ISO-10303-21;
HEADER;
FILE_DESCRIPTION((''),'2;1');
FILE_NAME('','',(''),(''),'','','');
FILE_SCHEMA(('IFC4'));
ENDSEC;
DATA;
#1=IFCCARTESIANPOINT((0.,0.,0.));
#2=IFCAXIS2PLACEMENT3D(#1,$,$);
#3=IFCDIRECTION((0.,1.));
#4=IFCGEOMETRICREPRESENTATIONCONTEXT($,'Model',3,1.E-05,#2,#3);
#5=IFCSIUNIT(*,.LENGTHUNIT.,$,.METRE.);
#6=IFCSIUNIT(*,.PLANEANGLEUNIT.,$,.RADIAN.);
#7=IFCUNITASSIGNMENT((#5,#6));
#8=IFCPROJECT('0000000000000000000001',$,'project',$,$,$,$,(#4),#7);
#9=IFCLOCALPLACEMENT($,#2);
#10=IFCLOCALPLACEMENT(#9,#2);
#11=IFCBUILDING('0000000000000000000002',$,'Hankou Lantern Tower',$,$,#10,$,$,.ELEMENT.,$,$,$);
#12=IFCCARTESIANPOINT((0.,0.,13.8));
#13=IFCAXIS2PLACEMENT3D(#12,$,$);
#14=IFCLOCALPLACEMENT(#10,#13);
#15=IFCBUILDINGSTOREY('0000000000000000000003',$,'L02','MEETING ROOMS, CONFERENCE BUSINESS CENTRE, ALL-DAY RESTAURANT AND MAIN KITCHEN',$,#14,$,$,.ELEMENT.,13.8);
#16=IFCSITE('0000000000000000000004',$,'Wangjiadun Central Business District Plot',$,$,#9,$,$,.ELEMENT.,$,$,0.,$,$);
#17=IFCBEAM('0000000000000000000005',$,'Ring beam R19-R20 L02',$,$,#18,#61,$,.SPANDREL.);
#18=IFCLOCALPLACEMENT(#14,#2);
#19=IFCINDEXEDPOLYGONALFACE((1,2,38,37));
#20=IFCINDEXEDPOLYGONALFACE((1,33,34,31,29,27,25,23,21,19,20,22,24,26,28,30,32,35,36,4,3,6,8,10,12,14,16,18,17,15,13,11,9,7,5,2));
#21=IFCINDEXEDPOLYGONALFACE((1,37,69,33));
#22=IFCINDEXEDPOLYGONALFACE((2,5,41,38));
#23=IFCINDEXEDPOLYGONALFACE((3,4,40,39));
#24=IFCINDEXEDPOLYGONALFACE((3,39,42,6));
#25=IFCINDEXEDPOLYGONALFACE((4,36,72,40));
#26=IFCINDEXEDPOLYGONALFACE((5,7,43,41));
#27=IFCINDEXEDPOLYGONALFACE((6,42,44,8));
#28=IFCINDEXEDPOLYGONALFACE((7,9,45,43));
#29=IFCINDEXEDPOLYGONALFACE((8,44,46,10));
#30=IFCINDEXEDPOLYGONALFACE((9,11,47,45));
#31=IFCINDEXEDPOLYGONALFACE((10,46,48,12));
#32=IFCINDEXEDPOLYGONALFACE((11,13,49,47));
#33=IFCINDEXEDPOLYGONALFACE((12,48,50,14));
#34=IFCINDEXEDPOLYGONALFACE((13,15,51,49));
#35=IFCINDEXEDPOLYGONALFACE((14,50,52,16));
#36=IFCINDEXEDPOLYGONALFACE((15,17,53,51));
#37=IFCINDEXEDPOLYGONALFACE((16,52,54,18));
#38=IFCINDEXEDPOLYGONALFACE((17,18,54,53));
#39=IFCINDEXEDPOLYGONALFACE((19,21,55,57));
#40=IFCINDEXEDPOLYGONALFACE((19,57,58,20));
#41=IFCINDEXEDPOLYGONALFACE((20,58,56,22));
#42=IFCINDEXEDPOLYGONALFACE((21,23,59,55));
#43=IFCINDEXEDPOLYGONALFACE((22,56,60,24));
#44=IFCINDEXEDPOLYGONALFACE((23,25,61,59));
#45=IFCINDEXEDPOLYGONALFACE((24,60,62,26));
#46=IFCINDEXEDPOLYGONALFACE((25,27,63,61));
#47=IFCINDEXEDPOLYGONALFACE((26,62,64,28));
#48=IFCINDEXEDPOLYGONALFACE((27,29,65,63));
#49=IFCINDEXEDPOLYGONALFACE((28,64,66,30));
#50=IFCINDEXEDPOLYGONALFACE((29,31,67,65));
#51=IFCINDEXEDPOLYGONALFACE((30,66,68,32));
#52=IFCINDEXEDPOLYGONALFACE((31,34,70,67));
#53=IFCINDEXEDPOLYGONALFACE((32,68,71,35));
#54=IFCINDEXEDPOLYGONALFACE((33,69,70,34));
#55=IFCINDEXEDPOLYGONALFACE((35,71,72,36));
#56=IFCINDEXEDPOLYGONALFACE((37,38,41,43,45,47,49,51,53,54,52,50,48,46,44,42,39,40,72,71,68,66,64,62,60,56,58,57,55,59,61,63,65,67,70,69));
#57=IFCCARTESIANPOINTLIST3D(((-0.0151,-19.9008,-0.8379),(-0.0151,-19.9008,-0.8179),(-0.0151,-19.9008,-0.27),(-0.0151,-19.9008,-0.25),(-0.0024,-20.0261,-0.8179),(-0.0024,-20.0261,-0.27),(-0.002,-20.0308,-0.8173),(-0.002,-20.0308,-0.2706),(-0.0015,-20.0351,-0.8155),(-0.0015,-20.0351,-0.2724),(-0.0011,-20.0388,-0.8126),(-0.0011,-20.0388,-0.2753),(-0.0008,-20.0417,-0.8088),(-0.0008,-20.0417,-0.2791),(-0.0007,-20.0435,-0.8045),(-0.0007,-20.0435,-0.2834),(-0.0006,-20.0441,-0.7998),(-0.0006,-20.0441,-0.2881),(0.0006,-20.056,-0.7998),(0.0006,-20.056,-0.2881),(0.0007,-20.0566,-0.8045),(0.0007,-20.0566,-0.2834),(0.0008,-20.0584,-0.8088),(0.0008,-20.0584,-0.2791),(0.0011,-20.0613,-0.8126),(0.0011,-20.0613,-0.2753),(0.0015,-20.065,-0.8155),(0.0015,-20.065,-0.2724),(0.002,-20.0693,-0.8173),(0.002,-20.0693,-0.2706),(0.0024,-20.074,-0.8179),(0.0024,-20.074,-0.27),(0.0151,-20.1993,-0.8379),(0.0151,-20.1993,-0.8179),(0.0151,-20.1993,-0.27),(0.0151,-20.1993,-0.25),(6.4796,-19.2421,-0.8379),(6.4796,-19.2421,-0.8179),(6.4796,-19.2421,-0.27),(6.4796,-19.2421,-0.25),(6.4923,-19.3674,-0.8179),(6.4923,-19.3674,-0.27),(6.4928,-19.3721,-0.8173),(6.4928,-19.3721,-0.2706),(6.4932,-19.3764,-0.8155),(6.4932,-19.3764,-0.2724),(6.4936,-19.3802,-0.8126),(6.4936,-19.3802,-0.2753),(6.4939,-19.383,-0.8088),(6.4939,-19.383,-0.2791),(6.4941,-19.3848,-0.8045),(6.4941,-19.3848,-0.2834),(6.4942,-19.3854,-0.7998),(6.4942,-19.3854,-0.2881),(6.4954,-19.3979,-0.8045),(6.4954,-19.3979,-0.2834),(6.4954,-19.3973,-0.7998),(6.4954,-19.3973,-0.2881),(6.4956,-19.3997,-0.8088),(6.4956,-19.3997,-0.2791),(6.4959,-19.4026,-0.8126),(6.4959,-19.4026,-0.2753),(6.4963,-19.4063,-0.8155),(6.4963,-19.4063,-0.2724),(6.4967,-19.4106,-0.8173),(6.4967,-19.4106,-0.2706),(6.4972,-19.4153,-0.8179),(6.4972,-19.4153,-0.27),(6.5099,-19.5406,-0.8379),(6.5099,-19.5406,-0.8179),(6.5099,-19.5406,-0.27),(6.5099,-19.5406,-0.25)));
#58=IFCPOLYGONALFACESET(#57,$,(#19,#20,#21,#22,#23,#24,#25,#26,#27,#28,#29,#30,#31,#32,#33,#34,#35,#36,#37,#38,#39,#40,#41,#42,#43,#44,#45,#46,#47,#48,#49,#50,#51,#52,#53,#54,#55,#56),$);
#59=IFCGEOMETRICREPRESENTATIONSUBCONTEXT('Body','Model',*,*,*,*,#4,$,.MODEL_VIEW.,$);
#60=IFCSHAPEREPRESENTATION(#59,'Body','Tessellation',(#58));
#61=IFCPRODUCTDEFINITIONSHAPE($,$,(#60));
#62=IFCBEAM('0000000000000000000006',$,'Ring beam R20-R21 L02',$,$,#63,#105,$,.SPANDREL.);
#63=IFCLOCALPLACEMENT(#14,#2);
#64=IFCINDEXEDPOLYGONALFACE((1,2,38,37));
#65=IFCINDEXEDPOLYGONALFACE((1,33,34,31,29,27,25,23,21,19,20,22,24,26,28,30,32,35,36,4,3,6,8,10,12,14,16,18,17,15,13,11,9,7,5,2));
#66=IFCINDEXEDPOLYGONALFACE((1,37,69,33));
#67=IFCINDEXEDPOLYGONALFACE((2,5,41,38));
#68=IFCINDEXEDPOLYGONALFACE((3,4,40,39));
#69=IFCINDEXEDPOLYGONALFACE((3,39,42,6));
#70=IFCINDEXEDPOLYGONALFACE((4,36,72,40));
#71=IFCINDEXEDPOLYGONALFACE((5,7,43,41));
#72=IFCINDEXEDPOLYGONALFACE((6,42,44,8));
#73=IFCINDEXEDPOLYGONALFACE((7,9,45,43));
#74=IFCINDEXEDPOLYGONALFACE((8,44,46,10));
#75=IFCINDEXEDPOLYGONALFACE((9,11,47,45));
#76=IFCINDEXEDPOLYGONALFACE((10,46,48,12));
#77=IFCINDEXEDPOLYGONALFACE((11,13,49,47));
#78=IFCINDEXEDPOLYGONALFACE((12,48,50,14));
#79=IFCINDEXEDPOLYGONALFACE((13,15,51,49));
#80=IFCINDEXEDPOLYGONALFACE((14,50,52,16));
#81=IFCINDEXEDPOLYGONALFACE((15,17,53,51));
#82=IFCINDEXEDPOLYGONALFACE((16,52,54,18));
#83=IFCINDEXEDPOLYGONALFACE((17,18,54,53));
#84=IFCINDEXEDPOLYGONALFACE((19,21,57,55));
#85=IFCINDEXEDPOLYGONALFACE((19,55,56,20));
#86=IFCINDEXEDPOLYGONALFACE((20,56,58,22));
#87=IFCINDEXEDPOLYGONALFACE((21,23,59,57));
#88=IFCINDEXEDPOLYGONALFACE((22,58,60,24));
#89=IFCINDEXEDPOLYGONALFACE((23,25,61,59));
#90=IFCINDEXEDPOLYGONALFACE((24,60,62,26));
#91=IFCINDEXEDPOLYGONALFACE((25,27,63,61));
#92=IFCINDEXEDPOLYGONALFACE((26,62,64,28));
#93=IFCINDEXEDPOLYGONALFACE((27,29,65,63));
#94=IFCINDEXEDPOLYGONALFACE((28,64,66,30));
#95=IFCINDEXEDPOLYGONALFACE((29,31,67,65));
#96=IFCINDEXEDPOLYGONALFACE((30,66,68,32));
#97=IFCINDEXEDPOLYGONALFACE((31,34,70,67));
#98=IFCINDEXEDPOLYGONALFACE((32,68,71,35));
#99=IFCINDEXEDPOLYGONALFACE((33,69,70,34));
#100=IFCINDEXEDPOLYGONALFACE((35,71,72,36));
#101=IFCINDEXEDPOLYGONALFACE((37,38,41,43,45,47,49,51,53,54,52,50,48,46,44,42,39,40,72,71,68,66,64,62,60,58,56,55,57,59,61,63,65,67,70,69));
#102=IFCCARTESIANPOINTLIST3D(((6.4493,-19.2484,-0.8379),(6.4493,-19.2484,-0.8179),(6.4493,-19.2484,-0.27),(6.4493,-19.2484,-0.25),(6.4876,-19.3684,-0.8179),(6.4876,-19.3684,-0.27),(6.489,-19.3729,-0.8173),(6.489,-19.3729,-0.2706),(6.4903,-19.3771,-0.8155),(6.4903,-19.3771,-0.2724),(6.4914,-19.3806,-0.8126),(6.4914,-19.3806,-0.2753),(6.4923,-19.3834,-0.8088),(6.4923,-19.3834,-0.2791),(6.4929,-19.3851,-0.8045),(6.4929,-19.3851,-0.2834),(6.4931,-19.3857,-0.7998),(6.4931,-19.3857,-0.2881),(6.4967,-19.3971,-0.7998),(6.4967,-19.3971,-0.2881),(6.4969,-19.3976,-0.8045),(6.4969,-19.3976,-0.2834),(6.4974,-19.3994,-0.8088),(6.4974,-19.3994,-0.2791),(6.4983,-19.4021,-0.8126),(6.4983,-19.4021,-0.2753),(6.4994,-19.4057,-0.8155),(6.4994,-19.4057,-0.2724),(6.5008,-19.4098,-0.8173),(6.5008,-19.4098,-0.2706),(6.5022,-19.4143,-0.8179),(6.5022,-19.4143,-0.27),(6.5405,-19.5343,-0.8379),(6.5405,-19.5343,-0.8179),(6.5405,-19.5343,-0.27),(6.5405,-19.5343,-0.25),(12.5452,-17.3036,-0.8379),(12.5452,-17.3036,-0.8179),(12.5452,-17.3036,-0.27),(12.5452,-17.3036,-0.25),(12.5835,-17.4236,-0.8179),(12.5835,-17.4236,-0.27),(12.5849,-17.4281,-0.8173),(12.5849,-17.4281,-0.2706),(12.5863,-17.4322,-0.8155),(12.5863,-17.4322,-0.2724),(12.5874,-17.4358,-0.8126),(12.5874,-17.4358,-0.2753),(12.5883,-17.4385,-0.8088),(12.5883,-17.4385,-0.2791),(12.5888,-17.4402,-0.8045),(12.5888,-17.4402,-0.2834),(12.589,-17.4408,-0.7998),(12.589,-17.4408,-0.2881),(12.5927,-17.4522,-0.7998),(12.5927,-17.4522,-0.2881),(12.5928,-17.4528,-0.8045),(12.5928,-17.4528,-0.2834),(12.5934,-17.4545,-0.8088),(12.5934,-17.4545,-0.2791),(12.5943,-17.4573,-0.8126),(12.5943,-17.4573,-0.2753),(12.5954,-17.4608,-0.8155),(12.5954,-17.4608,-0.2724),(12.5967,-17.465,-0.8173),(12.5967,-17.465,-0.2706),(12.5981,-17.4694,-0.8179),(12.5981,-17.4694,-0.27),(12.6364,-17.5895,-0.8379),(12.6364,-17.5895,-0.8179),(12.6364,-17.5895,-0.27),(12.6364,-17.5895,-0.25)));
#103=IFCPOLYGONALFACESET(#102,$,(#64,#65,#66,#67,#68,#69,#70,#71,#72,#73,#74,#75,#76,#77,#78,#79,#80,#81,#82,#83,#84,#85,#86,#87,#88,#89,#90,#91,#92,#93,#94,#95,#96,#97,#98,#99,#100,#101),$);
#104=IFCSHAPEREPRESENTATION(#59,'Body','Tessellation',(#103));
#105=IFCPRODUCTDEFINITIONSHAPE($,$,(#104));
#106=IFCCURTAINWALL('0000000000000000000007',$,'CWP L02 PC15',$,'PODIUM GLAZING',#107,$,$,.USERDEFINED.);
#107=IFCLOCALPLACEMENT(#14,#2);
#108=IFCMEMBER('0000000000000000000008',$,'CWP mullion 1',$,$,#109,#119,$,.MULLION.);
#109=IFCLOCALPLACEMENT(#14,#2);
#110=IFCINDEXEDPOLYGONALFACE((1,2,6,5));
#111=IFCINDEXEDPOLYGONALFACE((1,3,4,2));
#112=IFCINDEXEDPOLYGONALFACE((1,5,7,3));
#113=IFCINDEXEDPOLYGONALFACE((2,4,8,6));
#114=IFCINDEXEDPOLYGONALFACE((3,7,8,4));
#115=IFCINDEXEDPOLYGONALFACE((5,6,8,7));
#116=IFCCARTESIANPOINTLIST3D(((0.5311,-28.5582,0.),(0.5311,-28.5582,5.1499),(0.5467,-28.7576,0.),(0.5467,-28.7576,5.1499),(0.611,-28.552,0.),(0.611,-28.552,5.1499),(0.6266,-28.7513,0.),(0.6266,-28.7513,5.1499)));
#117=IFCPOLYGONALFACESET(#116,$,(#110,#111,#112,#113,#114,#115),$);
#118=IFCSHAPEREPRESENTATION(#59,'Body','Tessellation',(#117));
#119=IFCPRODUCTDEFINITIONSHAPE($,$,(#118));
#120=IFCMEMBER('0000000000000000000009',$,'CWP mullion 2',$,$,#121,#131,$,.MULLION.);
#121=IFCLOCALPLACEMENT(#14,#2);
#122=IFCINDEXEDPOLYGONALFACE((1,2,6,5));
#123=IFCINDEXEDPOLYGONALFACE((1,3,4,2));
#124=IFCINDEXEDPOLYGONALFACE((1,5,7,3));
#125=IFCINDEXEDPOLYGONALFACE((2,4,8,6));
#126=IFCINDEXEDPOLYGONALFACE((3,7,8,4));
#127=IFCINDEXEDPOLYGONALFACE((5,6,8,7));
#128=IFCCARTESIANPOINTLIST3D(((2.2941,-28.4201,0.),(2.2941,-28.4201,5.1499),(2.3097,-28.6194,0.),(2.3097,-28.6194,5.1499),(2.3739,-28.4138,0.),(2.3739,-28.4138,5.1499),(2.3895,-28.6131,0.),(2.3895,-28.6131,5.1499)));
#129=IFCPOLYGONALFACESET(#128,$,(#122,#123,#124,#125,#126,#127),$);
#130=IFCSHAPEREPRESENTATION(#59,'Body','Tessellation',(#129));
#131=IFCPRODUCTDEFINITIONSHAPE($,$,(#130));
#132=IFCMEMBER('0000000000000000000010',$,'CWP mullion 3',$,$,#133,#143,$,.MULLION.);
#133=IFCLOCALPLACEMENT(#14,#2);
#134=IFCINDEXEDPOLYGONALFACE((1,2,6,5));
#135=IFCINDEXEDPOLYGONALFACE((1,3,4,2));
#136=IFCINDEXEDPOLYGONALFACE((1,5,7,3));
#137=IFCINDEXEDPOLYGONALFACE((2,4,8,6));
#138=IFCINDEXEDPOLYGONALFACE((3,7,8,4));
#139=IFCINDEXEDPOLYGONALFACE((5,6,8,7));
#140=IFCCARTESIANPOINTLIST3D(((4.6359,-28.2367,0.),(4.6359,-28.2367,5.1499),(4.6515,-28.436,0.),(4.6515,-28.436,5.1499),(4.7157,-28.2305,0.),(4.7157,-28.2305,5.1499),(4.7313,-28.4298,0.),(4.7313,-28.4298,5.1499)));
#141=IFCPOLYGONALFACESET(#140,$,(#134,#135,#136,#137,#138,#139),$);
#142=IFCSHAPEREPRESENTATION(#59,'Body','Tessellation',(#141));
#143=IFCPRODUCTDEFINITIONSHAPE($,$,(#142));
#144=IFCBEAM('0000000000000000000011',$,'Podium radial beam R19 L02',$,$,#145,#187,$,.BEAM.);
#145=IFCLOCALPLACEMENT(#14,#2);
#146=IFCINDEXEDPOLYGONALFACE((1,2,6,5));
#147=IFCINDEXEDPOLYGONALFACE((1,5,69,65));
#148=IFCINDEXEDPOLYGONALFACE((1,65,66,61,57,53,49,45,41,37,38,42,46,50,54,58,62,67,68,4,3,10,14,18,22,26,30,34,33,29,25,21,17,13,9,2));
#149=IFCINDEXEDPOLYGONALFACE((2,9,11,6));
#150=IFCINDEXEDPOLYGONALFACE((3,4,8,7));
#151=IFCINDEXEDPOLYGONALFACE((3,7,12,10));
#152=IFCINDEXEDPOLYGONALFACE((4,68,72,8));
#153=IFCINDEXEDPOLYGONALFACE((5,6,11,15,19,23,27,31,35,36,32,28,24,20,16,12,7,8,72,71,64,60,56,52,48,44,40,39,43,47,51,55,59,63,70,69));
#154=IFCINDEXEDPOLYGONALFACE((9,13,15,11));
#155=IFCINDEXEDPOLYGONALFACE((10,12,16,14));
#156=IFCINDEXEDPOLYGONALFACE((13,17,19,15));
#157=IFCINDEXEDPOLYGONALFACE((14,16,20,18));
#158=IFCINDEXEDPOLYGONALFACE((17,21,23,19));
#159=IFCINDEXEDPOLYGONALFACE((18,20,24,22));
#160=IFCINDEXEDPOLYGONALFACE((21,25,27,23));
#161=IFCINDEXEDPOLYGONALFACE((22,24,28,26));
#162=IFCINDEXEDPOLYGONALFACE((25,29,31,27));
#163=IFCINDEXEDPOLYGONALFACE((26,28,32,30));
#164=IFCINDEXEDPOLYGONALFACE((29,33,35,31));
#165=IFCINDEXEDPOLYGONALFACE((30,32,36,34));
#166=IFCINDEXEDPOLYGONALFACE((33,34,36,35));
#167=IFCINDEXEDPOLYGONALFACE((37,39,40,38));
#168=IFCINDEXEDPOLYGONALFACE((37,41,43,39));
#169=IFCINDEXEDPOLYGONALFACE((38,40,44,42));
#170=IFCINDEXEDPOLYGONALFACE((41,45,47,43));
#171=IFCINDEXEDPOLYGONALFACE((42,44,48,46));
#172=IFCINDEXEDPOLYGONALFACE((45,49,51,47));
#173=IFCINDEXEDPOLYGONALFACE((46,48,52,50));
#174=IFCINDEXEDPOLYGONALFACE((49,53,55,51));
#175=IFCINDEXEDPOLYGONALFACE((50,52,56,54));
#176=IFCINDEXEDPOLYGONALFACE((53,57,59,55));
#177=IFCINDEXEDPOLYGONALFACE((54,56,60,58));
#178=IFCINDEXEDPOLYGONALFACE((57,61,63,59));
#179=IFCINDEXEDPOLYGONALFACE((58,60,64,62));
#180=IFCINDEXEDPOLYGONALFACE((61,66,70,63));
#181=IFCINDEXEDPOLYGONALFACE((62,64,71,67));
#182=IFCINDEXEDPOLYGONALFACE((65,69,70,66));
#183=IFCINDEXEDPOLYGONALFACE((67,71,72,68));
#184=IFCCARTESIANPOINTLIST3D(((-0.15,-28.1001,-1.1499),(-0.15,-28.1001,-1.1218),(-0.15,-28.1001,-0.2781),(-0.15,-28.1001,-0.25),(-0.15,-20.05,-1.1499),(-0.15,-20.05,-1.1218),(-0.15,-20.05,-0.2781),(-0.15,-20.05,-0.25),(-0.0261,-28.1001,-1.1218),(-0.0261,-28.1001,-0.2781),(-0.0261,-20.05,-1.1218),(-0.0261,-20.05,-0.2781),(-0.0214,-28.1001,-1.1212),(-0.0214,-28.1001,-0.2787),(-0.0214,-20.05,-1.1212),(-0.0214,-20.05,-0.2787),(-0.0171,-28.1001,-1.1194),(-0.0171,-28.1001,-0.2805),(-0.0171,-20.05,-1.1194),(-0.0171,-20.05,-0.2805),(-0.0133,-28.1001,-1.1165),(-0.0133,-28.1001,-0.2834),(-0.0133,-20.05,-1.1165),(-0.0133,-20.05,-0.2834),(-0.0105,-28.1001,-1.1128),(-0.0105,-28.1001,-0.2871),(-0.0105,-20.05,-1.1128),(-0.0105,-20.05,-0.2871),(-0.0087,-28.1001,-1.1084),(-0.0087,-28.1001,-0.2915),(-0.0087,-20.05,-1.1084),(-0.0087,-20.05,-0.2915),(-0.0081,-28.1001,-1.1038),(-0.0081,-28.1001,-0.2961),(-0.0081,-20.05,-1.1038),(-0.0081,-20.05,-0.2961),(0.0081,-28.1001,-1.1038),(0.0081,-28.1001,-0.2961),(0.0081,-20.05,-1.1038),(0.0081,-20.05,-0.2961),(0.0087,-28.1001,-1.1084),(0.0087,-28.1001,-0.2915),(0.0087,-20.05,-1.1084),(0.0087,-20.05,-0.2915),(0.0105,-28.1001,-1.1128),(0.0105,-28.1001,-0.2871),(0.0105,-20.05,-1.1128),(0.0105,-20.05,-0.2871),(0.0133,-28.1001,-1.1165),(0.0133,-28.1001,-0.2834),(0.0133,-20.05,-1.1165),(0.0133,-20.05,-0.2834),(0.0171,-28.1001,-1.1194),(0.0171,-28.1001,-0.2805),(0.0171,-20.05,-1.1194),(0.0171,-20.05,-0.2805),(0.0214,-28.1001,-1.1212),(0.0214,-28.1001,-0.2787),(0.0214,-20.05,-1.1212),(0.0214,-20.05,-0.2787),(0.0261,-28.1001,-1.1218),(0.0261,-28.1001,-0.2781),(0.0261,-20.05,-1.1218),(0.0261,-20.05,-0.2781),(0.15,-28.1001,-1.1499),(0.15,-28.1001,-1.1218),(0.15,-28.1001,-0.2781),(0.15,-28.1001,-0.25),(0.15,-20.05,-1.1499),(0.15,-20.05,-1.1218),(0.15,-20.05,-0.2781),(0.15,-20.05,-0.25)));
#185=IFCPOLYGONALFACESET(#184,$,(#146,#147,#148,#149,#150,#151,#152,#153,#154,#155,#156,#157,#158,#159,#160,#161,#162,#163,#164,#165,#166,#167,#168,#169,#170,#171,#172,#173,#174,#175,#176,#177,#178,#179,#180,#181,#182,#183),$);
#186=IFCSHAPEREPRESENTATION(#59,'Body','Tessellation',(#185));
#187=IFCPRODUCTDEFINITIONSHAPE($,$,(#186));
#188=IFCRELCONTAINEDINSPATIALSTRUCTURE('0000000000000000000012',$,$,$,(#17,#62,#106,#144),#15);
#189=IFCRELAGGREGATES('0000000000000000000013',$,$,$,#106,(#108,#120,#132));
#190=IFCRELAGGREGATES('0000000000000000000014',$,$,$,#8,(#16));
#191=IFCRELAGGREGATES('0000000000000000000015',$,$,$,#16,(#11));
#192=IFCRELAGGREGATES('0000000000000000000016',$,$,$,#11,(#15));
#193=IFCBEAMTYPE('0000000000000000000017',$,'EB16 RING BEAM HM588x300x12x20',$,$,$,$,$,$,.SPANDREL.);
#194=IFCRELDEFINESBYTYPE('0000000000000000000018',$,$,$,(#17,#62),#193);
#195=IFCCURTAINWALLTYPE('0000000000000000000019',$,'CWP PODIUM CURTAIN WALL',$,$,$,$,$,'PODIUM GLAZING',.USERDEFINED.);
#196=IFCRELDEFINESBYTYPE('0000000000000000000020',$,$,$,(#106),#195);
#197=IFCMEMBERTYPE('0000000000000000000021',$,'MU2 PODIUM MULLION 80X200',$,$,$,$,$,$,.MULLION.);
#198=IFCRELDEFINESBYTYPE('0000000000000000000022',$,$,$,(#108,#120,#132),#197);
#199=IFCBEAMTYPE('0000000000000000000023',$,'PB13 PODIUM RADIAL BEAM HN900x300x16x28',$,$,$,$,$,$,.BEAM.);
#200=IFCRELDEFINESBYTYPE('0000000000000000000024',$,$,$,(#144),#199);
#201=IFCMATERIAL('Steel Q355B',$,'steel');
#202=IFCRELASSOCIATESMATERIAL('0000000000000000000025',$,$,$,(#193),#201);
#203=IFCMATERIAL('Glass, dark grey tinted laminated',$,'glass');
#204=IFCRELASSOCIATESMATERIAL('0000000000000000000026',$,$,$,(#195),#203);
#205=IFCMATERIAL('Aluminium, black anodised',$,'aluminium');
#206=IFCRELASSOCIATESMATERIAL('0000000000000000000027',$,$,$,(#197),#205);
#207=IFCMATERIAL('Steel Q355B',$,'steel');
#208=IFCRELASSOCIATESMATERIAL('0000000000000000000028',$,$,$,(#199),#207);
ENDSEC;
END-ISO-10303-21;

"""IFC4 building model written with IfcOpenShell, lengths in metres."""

from ifc_helpers import new_model, si_unit, direction, frame, origin, origin_2d, place, context, subcontext, project, spatial, rectangle, i_section, extrude, material, material_profile, profile_set, type_object, element, aggregate, save


model = new_model("IFC4")

# Units and contexts
model_context = context("Model", 3, precision=1e-05, world=origin(), true_north=direction((0.0, 1.0)))
body_context = subcontext(model_context, "Body", "Model", "MODEL_VIEW")
ifc_project = project(units=[si_unit("LENGTHUNIT", "METRE"), si_unit("PLANEANGLEUNIT", "RADIAN")], contexts=[model_context])

# Site, building, storey
site_placement = place(None, origin())
site = spatial("IfcSite", under=ifc_project, at=site_placement, Name="Wangjiadun Central Business District Plot", CompositionType="ELEMENT", RefElevation=0.0)
building_placement = place(site_placement, origin())
building = spatial("IfcBuilding", under=site, at=building_placement, Name="Hankou Lantern Tower", CompositionType="ELEMENT")
storey_placement = place(building_placement, frame((0.0, 0.0, 13.8)))
storey = spatial("IfcBuildingStorey", under=building, at=storey_placement, Name="L02", Description="MEETING ROOMS, CONFERENCE BUSINESS CENTRE, ALL-DAY RESTAURANT AND MAIN KITCHEN", CompositionType="ELEMENT", Elevation=13.8)

# Beams
ifc_material_1 = material(Name="Steel Q355B", Category="steel")
ifc_material_profile_1 = material_profile(ifc_material_1, i_section(OverallWidth=0.3, OverallDepth=0.5879, WebThickness=0.012, FlangeThickness=0.02, FilletRadius=0.0181, at=origin_2d()), Name="HM588x300x12x20")
ifc_profile_set_1 = profile_set([ifc_material_profile_1], Name="Steel Q355B")
beam_type_1 = type_object("IfcBeamType", Name="EB16 RING BEAM HM588x300x12x20", PredefinedType="SPANDREL", material=ifc_profile_set_1)
beam_1_placement = place(storey_placement, frame((0.0, -20.05, -0.5439), z_axis=(0.994897, 0.1009, 0.0), x_axis=(-0.1009, 0.994897, 0.0)))
element("IfcBeam", 1, at=beam_1_placement, inside=storey, type_object=beam_type_1, Name="Ring beam R19-R20 L02", PredefinedType="SPANDREL", context=body_context, shape_type="SweptSolid", body=[
    extrude(i_section(OverallWidth=0.3, OverallDepth=0.5879, WebThickness=0.012, FlangeThickness=0.02, FilletRadius=0.0181, at=origin_2d()), origin(), (0.0, 0.0, 1.0), 6.5281),
])
beam_2_placement = place(storey_placement, frame((6.4949, -19.3914, -0.5439), z_axis=(0.95269, 0.303942, 0.0), x_axis=(-0.303942, 0.95269, 0.0)))
element("IfcBeam", 2, at=beam_2_placement, inside=storey, type_object=beam_type_1, Name="Ring beam R20-R21 L02", PredefinedType="SPANDREL", context=body_context, shape_type="SweptSolid", body=[
    extrude(i_section(OverallWidth=0.3, OverallDepth=0.5879, WebThickness=0.012, FlangeThickness=0.02, FilletRadius=0.0181, at=origin_2d()), origin(), (0.0, 0.0, 1.0), 6.3987),
])

# Curtain wall, members
ifc_material_2 = material(Name="Glass, dark grey tinted laminated", Category="glass")
curtain_wall_type = type_object("IfcCurtainWallType", Name="CWP PODIUM CURTAIN WALL", ElementType="PODIUM GLAZING", PredefinedType="USERDEFINED", material=ifc_material_2)
curtain_wall_placement = place(storey_placement, origin())
curtain_wall = element("IfcCurtainWall", 3, at=curtain_wall_placement, inside=storey, type_object=curtain_wall_type, Name="CWP L02 PC15", ObjectType="PODIUM GLAZING", PredefinedType="USERDEFINED")
ifc_material_3 = material(Name="Aluminium, black anodised", Category="aluminium")
ifc_material_profile_2 = material_profile(ifc_material_3, rectangle(XDim=0.0801, YDim=0.2, at=origin_2d()), Name="MU2 80X200")
ifc_profile_set_2 = profile_set([ifc_material_profile_2], Name="Aluminium, black anodised")
member_type_1 = type_object("IfcMemberType", Name="MU2 PODIUM MULLION 80X200", PredefinedType="MULLION", material=ifc_profile_set_2)
member_1_placement = place(storey_placement, frame((0.5789, -28.6548, 0.0), z_axis=(0.0, 0.0, 1.0), x_axis=(0.996949, 0.078062, 0.0)))
member_1 = element("IfcMember", 4, at=member_1_placement, type_object=member_type_1, Name="CWP mullion 1", PredefinedType="MULLION", context=body_context, shape_type="SweptSolid", body=[
    extrude(rectangle(XDim=0.0801, YDim=0.2, at=origin_2d()), origin(), (0.0, 0.0, 1.0), 5.1499),
])
member_2_placement = place(storey_placement, frame((2.3418, -28.5166, 0.0), z_axis=(0.0, 0.0, 1.0), x_axis=(0.996949, 0.078062, 0.0)))
member_2 = element("IfcMember", 5, at=member_2_placement, type_object=member_type_1, Name="CWP mullion 2", PredefinedType="MULLION", context=body_context, shape_type="SweptSolid", body=[
    extrude(rectangle(XDim=0.0801, YDim=0.2, at=origin_2d()), origin(), (0.0, 0.0, 1.0), 5.1499),
])
member_3_placement = place(storey_placement, frame((4.6836, -28.3333, 0.0), z_axis=(0.0, 0.0, 1.0), x_axis=(0.996949, 0.078062, 0.0)))
member_3 = element("IfcMember", 6, at=member_3_placement, type_object=member_type_1, Name="CWP mullion 3", PredefinedType="MULLION", context=body_context, shape_type="SweptSolid", body=[
    extrude(rectangle(XDim=0.0801, YDim=0.2, at=origin_2d()), origin(), (0.0, 0.0, 1.0), 5.1499),
])

# Beam
ifc_material_4 = material(Name="Steel Q355B", Category="steel")
ifc_material_profile_3 = material_profile(ifc_material_4, i_section(OverallWidth=0.3, OverallDepth=0.8999, WebThickness=0.0161, FlangeThickness=0.0281, FilletRadius=0.0181, at=origin_2d()), Name="HN900x300x16x28")
ifc_profile_set_3 = profile_set([ifc_material_profile_3], Name="Steel Q355B")
beam_type_2 = type_object("IfcBeamType", Name="PB13 PODIUM RADIAL BEAM HN900x300x16x28", PredefinedType="BEAM", material=ifc_profile_set_3)
beam_3_placement = place(storey_placement, frame((0.0, -20.05, -0.7), z_axis=(0.0, -1.0, 0.0), x_axis=(1.0, 0.0, 0.0)))
element("IfcBeam", 7, at=beam_3_placement, inside=storey, type_object=beam_type_2, Name="Podium radial beam R19 L02", PredefinedType="BEAM", context=body_context, shape_type="SweptSolid", body=[
    extrude(i_section(OverallWidth=0.3, OverallDepth=0.8999, WebThickness=0.0161, FlangeThickness=0.0281, FilletRadius=0.0181, at=origin_2d()), origin(), (0.0, 0.0, 1.0), 8.05),
])

aggregate(curtain_wall, [member_1, member_2, member_3])

save(model, "model.ifc")
